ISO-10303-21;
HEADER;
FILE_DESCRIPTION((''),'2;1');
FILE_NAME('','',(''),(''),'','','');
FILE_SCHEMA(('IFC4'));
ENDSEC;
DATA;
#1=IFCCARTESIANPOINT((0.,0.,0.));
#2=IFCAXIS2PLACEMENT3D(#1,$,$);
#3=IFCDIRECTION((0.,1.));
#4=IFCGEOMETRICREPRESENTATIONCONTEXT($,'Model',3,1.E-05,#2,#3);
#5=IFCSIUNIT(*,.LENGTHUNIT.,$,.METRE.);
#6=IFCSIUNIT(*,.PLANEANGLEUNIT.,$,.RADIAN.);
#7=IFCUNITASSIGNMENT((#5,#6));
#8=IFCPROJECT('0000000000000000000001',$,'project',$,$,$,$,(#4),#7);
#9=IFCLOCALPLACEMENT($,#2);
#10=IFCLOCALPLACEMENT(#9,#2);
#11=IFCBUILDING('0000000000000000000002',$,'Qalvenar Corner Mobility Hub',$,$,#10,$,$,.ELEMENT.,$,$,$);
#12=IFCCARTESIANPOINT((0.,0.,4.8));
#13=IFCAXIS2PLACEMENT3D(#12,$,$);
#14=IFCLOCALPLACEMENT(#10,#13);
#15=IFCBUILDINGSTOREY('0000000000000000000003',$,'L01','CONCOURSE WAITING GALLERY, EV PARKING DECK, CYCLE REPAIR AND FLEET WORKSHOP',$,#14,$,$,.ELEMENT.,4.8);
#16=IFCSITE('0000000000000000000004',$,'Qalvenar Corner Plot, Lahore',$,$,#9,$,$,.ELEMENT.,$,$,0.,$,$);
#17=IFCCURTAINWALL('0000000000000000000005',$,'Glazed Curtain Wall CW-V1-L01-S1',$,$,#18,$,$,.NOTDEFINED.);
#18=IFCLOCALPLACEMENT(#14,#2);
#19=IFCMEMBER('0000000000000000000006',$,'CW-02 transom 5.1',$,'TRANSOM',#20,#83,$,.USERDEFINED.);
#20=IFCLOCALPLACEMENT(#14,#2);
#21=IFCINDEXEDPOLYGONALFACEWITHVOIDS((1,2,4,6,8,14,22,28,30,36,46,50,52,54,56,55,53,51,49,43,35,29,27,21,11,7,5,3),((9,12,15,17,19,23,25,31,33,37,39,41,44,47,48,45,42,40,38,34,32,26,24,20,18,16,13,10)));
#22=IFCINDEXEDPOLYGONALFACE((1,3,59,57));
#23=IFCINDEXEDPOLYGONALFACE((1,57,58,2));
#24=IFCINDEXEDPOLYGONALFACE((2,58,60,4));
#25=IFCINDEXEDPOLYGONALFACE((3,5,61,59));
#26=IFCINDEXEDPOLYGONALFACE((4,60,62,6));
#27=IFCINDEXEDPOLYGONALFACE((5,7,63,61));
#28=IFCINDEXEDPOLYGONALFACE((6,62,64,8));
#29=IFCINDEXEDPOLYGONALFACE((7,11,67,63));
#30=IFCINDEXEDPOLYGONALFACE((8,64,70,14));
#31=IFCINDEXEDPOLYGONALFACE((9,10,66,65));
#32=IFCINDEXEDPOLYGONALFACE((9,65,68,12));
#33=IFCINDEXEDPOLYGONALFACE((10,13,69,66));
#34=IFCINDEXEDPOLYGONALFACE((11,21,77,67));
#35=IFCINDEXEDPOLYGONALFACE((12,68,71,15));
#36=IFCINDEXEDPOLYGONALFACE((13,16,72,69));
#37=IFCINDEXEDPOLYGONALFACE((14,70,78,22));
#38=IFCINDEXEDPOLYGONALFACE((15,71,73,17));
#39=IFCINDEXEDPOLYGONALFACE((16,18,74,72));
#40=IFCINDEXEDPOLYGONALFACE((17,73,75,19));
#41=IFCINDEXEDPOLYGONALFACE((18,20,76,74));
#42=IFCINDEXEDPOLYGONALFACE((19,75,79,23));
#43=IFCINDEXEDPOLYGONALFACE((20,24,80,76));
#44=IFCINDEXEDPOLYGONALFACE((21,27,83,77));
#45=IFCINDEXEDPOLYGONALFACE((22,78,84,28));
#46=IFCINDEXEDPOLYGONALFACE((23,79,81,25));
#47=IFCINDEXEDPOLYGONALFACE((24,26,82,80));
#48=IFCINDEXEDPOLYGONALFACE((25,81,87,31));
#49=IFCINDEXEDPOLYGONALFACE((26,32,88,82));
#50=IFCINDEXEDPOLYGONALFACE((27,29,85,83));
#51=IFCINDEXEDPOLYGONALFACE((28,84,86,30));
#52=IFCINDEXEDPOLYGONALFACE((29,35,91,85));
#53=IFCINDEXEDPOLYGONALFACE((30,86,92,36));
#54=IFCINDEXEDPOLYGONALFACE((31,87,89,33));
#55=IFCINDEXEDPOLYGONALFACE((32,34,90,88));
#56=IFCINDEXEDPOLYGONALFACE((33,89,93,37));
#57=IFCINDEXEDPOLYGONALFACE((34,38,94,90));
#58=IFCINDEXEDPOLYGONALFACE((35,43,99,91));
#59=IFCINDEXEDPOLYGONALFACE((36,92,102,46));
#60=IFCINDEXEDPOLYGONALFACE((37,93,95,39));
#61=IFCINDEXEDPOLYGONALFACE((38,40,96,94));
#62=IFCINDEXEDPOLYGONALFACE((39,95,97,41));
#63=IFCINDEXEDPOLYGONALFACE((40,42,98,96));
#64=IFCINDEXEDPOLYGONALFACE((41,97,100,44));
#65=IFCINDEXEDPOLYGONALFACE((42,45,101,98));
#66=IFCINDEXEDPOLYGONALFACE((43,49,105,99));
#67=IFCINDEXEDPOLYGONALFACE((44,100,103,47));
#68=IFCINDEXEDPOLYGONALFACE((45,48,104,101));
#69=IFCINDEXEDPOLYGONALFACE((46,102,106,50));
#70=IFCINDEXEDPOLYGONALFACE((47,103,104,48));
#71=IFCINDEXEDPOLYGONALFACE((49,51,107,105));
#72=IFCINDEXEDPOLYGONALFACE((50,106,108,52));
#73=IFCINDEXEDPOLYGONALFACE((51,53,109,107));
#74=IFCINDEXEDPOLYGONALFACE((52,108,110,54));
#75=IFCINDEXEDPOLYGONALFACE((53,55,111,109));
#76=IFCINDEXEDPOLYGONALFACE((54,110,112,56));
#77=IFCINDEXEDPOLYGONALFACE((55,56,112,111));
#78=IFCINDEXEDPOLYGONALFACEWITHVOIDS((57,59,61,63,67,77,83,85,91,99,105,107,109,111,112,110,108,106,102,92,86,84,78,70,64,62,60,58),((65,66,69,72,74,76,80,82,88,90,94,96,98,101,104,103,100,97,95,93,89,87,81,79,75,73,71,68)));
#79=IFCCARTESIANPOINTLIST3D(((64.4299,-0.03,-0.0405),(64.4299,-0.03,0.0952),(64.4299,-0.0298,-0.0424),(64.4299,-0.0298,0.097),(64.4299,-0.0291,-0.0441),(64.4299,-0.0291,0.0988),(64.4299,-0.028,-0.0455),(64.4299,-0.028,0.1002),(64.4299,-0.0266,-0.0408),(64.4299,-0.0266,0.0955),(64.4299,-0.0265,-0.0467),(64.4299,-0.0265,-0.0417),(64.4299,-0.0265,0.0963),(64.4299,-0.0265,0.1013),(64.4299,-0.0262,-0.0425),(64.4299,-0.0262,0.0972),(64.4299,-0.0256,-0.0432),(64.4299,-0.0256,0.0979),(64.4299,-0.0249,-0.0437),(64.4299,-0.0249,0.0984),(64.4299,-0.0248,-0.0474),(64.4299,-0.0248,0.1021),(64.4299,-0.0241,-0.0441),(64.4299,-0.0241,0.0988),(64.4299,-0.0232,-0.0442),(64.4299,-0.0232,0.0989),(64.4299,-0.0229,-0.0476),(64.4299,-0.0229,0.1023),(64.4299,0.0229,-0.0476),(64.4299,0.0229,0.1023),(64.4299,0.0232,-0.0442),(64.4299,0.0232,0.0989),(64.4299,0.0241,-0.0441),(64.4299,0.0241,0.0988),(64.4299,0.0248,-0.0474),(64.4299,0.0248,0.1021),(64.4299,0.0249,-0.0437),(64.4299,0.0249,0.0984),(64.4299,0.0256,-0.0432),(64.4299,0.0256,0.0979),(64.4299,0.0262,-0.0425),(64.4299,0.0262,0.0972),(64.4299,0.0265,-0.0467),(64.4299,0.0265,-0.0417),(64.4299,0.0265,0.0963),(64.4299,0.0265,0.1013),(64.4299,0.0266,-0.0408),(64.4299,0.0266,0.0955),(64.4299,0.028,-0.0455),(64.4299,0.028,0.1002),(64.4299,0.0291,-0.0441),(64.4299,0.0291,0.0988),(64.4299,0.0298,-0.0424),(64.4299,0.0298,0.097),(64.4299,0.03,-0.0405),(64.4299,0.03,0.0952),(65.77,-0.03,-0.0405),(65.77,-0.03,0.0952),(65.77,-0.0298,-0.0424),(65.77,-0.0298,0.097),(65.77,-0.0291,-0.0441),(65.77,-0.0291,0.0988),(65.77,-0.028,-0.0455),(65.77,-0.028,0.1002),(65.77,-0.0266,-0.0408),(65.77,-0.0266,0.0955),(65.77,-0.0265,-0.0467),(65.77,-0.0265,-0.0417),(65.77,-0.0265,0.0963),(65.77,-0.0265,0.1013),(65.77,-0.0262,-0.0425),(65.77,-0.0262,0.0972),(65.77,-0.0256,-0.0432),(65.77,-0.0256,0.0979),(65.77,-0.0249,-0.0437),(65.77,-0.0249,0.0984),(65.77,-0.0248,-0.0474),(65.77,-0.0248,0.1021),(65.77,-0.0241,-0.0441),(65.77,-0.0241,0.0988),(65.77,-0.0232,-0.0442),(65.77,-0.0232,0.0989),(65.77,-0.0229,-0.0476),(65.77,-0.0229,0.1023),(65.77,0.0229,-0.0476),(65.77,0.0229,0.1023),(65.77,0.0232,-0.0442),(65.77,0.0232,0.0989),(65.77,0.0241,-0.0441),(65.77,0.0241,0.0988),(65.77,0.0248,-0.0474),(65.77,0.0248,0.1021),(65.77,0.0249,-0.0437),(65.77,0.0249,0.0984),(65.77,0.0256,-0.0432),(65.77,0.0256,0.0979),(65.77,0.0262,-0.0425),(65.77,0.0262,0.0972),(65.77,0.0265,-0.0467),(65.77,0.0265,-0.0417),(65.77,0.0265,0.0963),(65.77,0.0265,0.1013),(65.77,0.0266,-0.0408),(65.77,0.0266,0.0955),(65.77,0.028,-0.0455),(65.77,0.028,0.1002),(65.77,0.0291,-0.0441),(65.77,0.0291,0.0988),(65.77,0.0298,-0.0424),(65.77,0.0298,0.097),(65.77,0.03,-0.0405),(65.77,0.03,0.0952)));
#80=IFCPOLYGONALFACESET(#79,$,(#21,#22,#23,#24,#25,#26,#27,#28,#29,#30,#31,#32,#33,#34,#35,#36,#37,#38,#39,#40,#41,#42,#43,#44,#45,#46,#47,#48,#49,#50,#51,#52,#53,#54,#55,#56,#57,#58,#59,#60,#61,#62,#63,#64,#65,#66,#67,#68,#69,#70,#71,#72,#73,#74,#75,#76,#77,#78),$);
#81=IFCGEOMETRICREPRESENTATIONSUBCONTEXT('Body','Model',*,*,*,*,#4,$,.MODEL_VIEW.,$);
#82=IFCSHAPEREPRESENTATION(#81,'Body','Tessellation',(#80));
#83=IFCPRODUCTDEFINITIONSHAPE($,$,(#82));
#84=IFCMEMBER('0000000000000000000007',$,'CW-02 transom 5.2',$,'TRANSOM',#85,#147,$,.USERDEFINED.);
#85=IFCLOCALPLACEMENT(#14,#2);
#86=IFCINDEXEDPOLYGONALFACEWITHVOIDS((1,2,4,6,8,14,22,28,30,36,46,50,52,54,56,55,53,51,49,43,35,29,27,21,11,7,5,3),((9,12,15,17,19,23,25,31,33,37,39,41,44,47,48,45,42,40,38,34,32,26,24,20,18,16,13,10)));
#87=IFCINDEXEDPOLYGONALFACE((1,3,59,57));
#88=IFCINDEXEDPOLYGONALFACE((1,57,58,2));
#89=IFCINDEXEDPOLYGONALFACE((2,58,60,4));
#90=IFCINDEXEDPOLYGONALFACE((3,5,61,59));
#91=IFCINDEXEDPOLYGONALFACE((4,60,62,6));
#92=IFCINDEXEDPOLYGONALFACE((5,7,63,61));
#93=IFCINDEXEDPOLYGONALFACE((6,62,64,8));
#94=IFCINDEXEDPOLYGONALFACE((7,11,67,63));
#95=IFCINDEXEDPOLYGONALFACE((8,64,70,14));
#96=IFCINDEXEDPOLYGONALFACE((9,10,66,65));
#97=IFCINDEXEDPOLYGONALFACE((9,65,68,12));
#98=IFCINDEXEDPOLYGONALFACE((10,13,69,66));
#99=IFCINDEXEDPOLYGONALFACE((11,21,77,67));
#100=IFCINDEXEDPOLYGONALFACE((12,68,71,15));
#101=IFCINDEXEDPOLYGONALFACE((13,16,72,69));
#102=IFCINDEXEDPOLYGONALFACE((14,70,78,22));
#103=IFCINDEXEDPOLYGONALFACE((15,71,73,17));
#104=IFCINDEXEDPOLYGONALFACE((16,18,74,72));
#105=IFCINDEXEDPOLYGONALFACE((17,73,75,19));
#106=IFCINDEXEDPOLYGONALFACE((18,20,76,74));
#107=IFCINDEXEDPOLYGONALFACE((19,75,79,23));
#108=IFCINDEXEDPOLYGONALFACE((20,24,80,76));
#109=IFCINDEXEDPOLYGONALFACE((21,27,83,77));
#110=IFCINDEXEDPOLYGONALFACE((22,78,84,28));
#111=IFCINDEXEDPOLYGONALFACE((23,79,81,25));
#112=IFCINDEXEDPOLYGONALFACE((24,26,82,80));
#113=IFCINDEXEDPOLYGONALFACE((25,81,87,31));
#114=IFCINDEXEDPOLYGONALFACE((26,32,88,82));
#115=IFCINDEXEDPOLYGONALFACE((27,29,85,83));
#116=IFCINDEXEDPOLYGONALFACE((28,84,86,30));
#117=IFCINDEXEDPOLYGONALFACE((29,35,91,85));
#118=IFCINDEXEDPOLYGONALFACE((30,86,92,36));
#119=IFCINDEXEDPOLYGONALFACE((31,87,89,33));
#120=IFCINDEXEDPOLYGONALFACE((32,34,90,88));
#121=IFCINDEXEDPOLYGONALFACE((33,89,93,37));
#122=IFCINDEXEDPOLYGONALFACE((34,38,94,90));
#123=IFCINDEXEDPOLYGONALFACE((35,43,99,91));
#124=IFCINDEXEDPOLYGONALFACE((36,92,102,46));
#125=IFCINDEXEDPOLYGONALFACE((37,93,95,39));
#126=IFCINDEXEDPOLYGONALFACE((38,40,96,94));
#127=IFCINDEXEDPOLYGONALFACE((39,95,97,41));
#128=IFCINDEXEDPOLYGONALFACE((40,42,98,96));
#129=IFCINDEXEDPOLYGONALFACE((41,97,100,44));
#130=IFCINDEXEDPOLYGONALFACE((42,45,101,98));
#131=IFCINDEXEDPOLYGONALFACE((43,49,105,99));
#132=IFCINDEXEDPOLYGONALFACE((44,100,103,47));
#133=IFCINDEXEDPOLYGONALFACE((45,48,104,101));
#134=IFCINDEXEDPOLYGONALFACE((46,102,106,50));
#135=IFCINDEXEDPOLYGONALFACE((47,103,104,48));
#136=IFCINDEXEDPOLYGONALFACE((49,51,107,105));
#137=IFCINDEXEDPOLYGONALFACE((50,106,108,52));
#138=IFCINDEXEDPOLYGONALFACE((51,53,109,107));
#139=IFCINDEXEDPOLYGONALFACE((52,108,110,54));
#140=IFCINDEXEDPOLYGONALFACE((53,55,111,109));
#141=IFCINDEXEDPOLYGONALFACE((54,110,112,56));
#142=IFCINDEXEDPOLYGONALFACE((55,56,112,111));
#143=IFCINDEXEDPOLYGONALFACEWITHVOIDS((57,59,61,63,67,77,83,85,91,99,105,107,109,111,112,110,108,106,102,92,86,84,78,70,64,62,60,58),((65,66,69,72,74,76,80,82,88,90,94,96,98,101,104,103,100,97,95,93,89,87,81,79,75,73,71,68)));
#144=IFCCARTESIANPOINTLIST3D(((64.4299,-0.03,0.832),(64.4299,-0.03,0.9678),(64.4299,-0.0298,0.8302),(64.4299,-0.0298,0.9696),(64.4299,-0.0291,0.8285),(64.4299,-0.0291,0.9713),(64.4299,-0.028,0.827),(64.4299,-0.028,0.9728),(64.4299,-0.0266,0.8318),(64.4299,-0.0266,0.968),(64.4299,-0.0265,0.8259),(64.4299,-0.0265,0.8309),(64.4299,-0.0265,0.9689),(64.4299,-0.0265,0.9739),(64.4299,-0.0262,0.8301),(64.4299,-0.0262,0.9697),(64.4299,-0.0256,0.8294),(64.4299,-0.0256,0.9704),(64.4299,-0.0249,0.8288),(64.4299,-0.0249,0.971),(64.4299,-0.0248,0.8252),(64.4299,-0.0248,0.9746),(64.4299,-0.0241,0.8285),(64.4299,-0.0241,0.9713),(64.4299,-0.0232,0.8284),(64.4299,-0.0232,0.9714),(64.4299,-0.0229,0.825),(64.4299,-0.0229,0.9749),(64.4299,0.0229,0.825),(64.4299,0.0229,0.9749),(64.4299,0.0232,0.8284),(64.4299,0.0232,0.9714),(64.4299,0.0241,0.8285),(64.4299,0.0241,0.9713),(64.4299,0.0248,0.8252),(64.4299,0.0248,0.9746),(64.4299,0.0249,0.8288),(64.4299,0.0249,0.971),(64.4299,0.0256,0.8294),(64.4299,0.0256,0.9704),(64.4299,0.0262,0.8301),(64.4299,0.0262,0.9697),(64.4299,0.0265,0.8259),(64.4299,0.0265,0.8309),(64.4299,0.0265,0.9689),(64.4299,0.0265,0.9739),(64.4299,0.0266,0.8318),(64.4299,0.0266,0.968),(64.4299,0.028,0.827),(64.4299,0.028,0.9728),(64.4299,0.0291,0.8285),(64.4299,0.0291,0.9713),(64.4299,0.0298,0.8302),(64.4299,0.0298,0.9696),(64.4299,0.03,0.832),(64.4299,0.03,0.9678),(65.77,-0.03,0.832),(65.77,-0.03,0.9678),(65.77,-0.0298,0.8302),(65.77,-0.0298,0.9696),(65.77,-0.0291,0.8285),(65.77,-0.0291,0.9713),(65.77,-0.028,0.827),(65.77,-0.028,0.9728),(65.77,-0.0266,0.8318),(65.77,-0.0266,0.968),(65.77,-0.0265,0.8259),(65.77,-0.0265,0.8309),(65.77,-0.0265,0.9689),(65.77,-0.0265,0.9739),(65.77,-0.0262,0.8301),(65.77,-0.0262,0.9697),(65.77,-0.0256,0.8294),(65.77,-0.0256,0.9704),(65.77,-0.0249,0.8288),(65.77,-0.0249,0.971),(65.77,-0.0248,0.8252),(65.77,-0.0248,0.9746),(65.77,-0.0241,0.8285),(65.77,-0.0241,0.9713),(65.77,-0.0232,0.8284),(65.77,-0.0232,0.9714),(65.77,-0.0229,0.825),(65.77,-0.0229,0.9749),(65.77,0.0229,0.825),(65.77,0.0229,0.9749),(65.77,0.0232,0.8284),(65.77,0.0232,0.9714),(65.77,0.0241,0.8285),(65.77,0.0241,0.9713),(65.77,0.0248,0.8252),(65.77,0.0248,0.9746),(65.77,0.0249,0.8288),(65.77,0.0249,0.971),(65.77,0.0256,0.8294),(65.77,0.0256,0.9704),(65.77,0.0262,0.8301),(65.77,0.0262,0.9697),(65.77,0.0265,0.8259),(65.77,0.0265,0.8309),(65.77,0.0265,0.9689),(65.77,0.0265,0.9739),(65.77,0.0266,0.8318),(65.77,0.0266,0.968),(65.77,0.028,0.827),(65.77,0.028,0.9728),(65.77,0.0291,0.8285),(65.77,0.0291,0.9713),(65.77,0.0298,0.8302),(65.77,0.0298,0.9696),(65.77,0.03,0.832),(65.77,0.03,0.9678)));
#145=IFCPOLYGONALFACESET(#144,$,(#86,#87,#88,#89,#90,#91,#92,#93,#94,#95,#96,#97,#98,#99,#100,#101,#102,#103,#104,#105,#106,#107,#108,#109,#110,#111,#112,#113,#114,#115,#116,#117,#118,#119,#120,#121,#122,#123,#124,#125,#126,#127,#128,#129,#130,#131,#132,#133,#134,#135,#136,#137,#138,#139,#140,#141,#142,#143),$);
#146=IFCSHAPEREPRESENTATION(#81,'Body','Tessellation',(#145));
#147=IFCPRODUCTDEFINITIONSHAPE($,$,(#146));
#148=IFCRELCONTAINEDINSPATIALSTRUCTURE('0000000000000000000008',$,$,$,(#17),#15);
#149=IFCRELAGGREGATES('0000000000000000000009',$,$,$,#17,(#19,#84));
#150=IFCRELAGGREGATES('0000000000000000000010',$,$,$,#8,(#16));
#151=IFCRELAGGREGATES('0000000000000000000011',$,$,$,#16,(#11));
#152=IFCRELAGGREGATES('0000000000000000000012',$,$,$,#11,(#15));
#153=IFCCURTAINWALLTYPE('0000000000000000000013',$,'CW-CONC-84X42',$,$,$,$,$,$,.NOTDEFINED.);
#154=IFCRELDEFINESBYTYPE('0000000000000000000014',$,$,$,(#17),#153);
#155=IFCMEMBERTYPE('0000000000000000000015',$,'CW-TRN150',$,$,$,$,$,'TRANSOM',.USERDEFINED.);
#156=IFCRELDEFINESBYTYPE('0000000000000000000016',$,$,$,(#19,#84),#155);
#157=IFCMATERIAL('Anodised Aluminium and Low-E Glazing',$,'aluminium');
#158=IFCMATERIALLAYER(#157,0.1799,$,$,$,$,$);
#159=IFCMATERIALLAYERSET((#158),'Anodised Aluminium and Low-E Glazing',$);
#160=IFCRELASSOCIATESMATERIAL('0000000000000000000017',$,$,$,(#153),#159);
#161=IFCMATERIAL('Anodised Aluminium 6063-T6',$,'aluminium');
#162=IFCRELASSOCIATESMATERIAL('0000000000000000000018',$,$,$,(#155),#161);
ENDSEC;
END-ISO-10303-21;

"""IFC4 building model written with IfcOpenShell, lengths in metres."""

from ifc_helpers import new_model, si_unit, direction, frame, origin, origin_2d, place, context, subcontext, project, spatial, hollow_rectangle, extrude, material, layer, layer_set, material_profile, profile_set, type_object, element, aggregate, save


model = new_model("IFC4")

# Units and contexts
model_context = context("Model", 3, precision=1e-05, world=origin(), true_north=direction((0.0, 1.0)))
body_context = subcontext(model_context, "Body", "Model", "MODEL_VIEW")
ifc_project = project(units=[si_unit("LENGTHUNIT", "METRE"), si_unit("PLANEANGLEUNIT", "RADIAN")], contexts=[model_context])

# Site, building, storey
site_placement = place(None, origin())
site = spatial("IfcSite", under=ifc_project, at=site_placement, Name="Qalvenar Corner Plot, Lahore", CompositionType="ELEMENT", RefElevation=0.0)
building_placement = place(site_placement, origin())
building = spatial("IfcBuilding", under=site, at=building_placement, Name="Qalvenar Corner Mobility Hub", CompositionType="ELEMENT")
storey_placement = place(building_placement, frame((0.0, 0.0, 4.8)))
storey = spatial("IfcBuildingStorey", under=building, at=storey_placement, Name="L01", Description="CONCOURSE WAITING GALLERY, EV PARKING DECK, CYCLE REPAIR AND FLEET WORKSHOP", CompositionType="ELEMENT", Elevation=4.8)

# Curtain wall
ifc_material_1 = material(Name="Anodised Aluminium and Low-E Glazing", Category="aluminium")
ifc_layer_1 = layer(ifc_material_1, 0.1799)
ifc_layer_set_1 = layer_set([ifc_layer_1], Name="Anodised Aluminium and Low-E Glazing")
curtain_wall_type = type_object("IfcCurtainWallType", Name="CW-CONC-84X42", PredefinedType="NOTDEFINED", material=ifc_layer_set_1)
curtain_wall_1_placement = place(storey_placement, origin())
curtain_wall_1 = element("IfcCurtainWall", 1, at=curtain_wall_1_placement, inside=storey, type_object=curtain_wall_type, Name="Glazed Curtain Wall CW-V1-L01-S1", PredefinedType="NOTDEFINED")
ifc_material_2 = material(Name="Anodised Aluminium 6063-T6", Category="aluminium")

# Members
ifc_material_profile_1 = material_profile(ifc_material_2, hollow_rectangle(XDim=0.0601, YDim=0.1499, WallThickness=0.0034, InnerFilletRadius=0.0034, OuterFilletRadius=0.0071, at=origin_2d()), Name="RHS150x60x3.5")
ifc_profile_set_1 = profile_set([ifc_material_profile_1], Name="Anodised Aluminium 6063-T6")
member_type_1 = type_object("IfcMemberType", Name="CW-TRN150", ElementType="TRANSOM", PredefinedType="USERDEFINED", material=ifc_profile_set_1)
member_1_placement = place(storey_placement, frame((64.4299, 0.0, 0.0273), z_axis=(1.0, 0.0, 0.0), x_axis=(0.0, 1.0, 0.0)))
member_1 = element("IfcMember", 2, at=member_1_placement, type_object=member_type_1, Name="CW-02 transom 5.1", ObjectType="TRANSOM", PredefinedType="USERDEFINED", context=body_context, shape_type="SweptSolid", body=[
    extrude(hollow_rectangle(XDim=0.0601, YDim=0.1499, WallThickness=0.0034, InnerFilletRadius=0.0034, OuterFilletRadius=0.0071, at=origin_2d()), origin(), (0.0, 0.0, 1.0), 1.3401),
])
member_2_placement = place(storey_placement, frame((64.4299, 0.0, 0.8999), z_axis=(1.0, 0.0, 0.0), x_axis=(0.0, 1.0, 0.0)))
member_2 = element("IfcMember", 3, at=member_2_placement, type_object=member_type_1, Name="CW-02 transom 5.2", ObjectType="TRANSOM", PredefinedType="USERDEFINED", context=body_context, shape_type="SweptSolid", body=[
    extrude(hollow_rectangle(XDim=0.0601, YDim=0.1499, WallThickness=0.0034, InnerFilletRadius=0.0034, OuterFilletRadius=0.0071, at=origin_2d()), origin(), (0.0, 0.0, 1.0), 1.3401),
])

aggregate(curtain_wall_1, [member_1, member_2])

save(model, "model.ifc")
